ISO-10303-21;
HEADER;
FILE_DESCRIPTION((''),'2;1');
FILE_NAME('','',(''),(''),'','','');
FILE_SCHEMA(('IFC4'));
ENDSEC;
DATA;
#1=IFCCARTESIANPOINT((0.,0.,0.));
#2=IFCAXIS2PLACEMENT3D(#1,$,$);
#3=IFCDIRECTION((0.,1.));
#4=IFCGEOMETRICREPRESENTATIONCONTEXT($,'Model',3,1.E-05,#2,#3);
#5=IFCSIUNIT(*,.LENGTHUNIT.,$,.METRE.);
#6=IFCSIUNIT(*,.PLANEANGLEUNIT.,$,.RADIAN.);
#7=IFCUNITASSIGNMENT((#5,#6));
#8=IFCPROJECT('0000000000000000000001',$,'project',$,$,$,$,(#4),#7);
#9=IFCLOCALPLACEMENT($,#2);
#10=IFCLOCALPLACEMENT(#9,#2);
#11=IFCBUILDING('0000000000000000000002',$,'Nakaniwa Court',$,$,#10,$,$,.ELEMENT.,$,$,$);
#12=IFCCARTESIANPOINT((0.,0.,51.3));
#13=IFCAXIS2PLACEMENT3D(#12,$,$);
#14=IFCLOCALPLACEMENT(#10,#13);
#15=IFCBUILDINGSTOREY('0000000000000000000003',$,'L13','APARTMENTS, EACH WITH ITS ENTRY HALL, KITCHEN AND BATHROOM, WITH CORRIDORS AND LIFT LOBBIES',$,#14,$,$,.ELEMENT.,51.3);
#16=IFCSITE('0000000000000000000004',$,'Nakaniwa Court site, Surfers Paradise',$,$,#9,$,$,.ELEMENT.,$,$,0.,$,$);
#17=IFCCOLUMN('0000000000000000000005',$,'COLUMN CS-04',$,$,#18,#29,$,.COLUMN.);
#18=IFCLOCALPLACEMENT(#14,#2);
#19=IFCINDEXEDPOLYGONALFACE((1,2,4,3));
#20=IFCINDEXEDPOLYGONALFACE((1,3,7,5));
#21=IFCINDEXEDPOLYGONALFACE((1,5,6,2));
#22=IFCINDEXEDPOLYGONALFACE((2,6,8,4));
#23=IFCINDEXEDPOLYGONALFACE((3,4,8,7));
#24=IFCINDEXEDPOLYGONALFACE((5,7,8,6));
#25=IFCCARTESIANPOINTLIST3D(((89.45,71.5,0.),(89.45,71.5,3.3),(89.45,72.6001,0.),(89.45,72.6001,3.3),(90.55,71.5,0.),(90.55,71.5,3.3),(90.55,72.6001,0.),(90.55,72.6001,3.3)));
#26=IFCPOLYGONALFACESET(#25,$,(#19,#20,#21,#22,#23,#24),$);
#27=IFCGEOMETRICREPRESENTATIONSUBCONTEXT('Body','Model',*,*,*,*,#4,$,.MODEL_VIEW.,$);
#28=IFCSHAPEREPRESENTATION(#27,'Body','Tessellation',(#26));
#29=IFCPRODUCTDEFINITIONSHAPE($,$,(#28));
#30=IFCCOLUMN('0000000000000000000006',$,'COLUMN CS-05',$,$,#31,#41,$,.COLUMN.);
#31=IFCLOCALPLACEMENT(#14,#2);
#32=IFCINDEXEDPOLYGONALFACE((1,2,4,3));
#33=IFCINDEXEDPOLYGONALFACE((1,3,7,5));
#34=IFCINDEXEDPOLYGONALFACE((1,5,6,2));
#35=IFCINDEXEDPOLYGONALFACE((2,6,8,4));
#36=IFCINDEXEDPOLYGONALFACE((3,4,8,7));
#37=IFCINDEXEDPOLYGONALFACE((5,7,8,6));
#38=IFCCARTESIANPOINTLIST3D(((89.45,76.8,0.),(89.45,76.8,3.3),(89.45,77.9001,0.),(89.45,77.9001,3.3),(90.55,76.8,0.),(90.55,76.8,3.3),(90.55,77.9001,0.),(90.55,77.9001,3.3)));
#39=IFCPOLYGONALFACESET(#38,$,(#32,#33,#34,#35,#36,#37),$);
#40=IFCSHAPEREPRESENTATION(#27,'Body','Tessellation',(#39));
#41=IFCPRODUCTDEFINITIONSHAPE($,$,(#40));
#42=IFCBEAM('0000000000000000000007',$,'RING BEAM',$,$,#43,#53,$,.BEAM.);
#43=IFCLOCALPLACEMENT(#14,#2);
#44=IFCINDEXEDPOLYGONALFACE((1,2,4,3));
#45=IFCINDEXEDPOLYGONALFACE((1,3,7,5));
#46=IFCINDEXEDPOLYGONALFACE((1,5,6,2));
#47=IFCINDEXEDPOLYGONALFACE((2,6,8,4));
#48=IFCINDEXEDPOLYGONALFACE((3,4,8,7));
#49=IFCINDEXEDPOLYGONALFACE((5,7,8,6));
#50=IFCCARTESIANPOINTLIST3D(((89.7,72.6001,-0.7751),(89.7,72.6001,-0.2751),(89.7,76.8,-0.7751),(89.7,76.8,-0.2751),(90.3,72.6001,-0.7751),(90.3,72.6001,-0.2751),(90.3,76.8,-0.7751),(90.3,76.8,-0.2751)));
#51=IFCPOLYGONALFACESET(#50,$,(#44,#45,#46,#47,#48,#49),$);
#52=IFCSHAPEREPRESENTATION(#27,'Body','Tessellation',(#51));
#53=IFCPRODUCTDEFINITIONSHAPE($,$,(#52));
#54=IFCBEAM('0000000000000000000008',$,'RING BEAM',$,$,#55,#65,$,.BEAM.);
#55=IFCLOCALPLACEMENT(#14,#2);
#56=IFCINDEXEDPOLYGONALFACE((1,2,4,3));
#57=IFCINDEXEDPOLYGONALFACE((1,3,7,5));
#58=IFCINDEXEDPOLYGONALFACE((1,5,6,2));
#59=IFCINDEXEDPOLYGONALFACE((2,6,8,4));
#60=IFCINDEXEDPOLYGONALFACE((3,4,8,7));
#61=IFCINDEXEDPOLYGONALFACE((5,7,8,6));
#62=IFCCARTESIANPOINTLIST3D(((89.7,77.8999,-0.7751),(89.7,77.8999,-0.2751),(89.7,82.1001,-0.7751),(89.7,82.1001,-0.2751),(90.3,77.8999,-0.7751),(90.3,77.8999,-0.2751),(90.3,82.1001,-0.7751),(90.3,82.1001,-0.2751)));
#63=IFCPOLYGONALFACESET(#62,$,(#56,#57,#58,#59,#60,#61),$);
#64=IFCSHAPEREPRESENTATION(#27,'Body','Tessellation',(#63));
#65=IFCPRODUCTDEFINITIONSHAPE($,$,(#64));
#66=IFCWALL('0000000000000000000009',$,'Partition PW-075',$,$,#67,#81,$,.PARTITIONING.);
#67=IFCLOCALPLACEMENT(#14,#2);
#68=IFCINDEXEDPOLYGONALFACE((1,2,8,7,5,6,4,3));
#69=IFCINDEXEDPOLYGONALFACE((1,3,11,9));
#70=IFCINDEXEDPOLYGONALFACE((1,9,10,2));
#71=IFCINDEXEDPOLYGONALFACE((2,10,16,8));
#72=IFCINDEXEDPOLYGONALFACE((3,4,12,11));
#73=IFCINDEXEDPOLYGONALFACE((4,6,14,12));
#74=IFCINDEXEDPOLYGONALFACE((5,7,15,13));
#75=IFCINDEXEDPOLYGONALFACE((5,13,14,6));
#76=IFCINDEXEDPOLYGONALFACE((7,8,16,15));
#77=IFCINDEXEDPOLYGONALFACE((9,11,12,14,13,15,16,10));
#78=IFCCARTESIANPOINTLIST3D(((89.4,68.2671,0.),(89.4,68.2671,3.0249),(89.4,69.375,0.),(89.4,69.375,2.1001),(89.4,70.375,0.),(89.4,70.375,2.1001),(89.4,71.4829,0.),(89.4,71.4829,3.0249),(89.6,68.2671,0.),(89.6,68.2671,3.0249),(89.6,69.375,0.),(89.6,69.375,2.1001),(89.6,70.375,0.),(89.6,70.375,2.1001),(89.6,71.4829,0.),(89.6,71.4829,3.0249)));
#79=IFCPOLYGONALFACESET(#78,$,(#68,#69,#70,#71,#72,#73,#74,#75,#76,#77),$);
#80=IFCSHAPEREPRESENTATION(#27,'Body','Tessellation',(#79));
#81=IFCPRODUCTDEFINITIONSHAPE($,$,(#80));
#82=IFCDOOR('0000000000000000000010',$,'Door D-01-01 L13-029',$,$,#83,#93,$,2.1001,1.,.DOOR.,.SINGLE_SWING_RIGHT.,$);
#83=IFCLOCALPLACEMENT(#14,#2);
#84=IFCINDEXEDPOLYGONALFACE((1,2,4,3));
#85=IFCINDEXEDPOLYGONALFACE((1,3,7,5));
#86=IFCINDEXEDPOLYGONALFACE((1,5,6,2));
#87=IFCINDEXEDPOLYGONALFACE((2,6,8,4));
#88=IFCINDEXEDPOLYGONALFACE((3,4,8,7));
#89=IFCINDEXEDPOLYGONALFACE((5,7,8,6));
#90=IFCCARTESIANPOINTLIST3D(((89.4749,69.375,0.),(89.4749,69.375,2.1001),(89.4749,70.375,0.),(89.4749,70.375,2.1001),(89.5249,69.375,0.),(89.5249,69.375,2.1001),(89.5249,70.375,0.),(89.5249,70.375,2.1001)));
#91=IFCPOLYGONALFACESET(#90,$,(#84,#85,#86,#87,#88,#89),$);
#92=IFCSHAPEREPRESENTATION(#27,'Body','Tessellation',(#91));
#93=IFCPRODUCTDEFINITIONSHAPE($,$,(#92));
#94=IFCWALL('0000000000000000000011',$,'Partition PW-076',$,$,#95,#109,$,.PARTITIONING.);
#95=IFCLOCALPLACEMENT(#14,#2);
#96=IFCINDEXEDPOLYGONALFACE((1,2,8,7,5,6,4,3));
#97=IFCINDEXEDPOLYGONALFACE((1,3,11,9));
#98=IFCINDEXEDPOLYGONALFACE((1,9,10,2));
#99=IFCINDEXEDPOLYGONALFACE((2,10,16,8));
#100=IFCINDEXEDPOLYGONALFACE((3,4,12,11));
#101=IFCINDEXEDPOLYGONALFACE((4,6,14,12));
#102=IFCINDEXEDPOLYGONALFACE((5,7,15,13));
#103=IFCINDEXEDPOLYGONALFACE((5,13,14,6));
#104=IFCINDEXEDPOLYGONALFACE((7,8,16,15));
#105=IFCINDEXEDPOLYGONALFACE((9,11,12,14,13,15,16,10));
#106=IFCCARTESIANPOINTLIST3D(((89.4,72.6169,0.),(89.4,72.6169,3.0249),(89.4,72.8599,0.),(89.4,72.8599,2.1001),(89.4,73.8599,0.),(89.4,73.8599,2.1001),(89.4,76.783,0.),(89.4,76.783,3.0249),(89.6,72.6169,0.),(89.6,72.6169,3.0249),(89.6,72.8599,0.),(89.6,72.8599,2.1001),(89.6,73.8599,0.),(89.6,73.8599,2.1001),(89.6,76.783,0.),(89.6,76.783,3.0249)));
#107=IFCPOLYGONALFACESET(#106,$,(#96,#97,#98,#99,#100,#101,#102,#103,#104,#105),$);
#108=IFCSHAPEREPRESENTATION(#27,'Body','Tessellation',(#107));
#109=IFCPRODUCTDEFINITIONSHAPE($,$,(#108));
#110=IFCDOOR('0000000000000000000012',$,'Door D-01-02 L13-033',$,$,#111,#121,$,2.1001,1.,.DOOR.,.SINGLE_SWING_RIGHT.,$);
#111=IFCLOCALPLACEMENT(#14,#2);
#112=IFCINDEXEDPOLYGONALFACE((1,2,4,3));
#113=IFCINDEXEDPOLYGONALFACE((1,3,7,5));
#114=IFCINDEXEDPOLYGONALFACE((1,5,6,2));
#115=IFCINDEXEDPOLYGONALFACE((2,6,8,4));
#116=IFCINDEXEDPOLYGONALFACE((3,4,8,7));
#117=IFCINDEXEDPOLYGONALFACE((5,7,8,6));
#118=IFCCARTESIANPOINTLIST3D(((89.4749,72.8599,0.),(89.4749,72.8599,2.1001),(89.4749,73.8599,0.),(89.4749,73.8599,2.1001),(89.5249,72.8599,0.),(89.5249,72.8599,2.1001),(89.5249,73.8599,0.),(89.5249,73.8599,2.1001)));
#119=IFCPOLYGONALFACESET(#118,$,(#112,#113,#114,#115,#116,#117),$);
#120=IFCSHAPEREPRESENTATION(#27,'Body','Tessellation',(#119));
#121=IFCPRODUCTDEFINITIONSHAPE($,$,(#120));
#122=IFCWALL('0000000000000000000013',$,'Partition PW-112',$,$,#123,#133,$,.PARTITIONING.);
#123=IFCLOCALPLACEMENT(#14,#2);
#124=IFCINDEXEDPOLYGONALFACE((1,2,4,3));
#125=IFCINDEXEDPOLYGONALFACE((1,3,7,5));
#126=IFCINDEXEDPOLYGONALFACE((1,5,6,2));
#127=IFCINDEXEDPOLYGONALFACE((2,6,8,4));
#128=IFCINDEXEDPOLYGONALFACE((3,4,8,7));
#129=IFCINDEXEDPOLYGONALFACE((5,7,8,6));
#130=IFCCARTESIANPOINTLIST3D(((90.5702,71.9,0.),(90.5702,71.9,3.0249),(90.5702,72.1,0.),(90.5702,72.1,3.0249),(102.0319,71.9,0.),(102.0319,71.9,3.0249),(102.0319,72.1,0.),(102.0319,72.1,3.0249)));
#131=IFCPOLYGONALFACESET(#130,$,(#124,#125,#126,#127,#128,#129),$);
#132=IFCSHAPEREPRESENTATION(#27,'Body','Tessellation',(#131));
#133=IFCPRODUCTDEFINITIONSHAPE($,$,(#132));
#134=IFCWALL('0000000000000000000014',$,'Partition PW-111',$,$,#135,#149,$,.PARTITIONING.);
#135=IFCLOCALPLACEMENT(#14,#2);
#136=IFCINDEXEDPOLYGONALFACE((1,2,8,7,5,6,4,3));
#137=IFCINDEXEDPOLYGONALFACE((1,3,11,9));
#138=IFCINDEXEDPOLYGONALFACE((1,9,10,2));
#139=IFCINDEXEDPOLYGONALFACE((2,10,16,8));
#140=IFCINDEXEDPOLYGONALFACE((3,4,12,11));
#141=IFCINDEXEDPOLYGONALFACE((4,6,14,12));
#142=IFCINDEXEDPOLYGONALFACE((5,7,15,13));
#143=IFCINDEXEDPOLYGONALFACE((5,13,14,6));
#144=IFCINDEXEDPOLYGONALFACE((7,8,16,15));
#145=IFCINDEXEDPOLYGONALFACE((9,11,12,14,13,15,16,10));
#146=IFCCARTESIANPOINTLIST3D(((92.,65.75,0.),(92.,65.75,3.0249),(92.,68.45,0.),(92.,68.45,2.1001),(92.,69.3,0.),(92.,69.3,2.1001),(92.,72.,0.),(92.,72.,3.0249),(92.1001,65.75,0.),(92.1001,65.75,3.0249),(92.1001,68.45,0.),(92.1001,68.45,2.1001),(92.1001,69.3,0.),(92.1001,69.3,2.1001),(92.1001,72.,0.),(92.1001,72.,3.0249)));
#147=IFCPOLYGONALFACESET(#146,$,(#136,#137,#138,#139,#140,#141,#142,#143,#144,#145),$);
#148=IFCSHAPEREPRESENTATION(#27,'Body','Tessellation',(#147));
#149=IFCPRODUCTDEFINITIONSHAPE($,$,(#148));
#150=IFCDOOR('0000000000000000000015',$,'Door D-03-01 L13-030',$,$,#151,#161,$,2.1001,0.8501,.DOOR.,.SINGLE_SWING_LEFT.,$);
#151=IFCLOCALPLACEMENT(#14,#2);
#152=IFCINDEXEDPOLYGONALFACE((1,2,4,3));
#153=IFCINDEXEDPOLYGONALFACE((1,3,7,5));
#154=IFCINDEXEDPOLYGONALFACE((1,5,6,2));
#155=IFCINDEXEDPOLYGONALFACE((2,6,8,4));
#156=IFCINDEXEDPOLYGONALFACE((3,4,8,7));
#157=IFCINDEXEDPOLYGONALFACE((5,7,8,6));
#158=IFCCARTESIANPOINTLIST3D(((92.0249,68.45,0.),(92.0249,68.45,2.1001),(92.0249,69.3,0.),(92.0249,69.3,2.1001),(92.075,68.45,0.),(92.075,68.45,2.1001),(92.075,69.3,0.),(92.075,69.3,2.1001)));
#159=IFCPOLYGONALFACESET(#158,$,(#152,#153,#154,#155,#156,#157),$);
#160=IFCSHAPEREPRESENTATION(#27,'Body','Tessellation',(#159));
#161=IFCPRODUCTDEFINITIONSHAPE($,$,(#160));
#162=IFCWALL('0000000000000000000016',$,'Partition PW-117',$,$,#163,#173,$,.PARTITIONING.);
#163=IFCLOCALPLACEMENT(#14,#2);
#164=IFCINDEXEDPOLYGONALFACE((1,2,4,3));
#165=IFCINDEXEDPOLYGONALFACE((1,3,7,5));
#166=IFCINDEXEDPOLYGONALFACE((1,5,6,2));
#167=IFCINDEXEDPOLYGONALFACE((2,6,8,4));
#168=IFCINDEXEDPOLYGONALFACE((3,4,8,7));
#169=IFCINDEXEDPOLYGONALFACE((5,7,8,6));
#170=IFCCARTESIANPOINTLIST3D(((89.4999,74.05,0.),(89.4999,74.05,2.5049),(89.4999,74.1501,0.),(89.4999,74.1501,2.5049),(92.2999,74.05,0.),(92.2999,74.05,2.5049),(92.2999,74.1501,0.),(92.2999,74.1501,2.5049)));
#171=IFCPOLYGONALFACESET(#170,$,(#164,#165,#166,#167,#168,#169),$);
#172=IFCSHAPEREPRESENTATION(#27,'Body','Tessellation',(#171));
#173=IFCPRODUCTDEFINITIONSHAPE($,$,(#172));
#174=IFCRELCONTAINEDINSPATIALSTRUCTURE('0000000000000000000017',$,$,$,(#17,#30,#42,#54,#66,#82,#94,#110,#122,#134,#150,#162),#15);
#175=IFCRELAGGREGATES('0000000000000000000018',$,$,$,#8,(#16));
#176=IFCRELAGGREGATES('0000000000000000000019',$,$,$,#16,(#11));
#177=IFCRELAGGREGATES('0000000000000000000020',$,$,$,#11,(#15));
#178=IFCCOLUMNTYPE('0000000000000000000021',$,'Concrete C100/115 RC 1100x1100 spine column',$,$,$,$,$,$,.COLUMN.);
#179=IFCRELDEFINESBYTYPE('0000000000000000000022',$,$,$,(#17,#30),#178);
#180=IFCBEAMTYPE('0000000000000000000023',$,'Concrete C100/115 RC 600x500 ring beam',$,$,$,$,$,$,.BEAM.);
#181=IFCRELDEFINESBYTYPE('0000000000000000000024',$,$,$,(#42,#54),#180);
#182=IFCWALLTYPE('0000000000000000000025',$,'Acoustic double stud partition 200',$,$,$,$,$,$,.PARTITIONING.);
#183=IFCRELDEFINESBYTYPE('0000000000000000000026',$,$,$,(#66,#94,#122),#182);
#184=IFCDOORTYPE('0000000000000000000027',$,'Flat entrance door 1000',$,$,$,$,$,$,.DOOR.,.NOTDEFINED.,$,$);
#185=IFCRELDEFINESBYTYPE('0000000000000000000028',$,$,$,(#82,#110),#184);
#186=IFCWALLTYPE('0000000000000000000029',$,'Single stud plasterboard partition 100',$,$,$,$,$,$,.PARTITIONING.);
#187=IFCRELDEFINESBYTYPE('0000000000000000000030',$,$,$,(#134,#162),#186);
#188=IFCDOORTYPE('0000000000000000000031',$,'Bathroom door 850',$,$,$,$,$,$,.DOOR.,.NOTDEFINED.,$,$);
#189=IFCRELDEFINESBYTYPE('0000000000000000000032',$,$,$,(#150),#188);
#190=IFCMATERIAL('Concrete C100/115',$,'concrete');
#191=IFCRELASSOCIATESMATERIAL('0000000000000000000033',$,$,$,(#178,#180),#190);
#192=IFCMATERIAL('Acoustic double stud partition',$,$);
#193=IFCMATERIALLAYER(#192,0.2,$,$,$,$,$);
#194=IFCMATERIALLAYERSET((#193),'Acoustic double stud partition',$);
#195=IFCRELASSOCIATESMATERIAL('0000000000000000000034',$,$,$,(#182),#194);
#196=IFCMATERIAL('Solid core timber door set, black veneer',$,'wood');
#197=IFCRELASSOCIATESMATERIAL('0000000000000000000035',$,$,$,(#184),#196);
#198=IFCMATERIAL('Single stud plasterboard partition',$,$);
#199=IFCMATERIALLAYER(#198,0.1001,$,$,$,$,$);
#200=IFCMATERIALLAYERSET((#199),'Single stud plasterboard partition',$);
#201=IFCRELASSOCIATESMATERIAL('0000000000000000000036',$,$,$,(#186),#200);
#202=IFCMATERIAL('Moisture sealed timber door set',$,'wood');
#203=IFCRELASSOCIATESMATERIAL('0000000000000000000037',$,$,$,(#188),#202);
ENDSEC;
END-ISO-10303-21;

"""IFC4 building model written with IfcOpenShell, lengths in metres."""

from ifc_helpers import new_model, si_unit, direction, frame, frame_2d, origin, origin_2d, place, context, subcontext, project, spatial, rectangle, extrude, material, layer, layer_set, material_profile, profile_set, type_object, element, fill, save


model = new_model("IFC4")

# Units and contexts
model_context = context("Model", 3, precision=1e-05, world=origin(), true_north=direction((0.0, 1.0)))
body_context = subcontext(model_context, "Body", "Model", "MODEL_VIEW")
ifc_project = project(units=[si_unit("LENGTHUNIT", "METRE"), si_unit("PLANEANGLEUNIT", "RADIAN")], contexts=[model_context])

# Site, building, storey
site_placement = place(None, origin())
site = spatial("IfcSite", under=ifc_project, at=site_placement, Name="Nakaniwa Court site, Surfers Paradise", CompositionType="ELEMENT", RefElevation=0.0)
building_placement = place(site_placement, origin())
building = spatial("IfcBuilding", under=site, at=building_placement, Name="Nakaniwa Court", CompositionType="ELEMENT")
storey_placement = place(building_placement, frame((0.0, 0.0, 51.3)))
storey = spatial("IfcBuildingStorey", under=building, at=storey_placement, Name="L13", Description="APARTMENTS, EACH WITH ITS ENTRY HALL, KITCHEN AND BATHROOM, WITH CORRIDORS AND LIFT LOBBIES", CompositionType="ELEMENT", Elevation=51.3)

# Columns
ifc_material_1 = material(Name="Concrete C100/115", Category="concrete")
ifc_material_profile_1 = material_profile(ifc_material_1, rectangle(XDim=1.1001, YDim=1.1001, at=origin_2d()), Name="Concrete C100/115 RC 1100x1100 spine column")
ifc_profile_set_1 = profile_set([ifc_material_profile_1], Name="Concrete C100/115")
column_type = type_object("IfcColumnType", Name="Concrete C100/115 RC 1100x1100 spine column", PredefinedType="COLUMN", material=ifc_profile_set_1)
for number, where, z_axis, x_axis, name in (
    (1, (90.0, 72.05, 0.0), (0.0, 0.0, 1.0), (0.0, 1.0, 0.0), "COLUMN CS-04"),
    (2, (90.0, 77.3501, 0.0), (0.0, 0.0, 1.0), (0.0, 1.0, 0.0), "COLUMN CS-05"),
):
    element("IfcColumn", number, at=place(storey_placement, frame(where, z_axis=z_axis, x_axis=x_axis)), inside=storey, type_object=column_type, Name=name, PredefinedType="COLUMN", context=body_context, shape_type="SweptSolid", body=[
        extrude(rectangle(XDim=1.1001, YDim=1.1001, at=origin_2d()), origin(), (0.0, 0.0, 1.0), 3.3),
    ])

# Beams
ifc_material_profile_2 = material_profile(ifc_material_1, rectangle(XDim=0.6001, YDim=0.5, at=origin_2d()), Name="Concrete C100/115 RC 600x500 ring beam")
ifc_profile_set_2 = profile_set([ifc_material_profile_2], Name="Concrete C100/115")
beam_type = type_object("IfcBeamType", Name="Concrete C100/115 RC 600x500 ring beam", PredefinedType="BEAM", material=ifc_profile_set_2)
beam_1_placement = place(storey_placement, frame((90.0, 72.6001, -0.5251), z_axis=(0.0, 1.0, 0.0), x_axis=(-1.0, 0.0, 0.0)))
element("IfcBeam", 3, at=beam_1_placement, inside=storey, type_object=beam_type, Name="RING BEAM", PredefinedType="BEAM", context=body_context, shape_type="SweptSolid", body=[
    extrude(rectangle(XDim=0.6001, YDim=0.5, at=origin_2d()), origin(), (0.0, 0.0, 1.0), 4.2),
])
beam_2_placement = place(storey_placement, frame((90.0, 77.8999, -0.5251), z_axis=(0.0, 1.0, 0.0), x_axis=(-1.0, 0.0, 0.0)))
element("IfcBeam", 4, at=beam_2_placement, inside=storey, type_object=beam_type, Name="RING BEAM", PredefinedType="BEAM", context=body_context, shape_type="SweptSolid", body=[
    extrude(rectangle(XDim=0.6001, YDim=0.5, at=origin_2d()), origin(), (0.0, 0.0, 1.0), 4.2002),
])

# Walls, openings, doors
ifc_material_2 = material(Name="Acoustic double stud partition")
ifc_layer_1 = layer(ifc_material_2, 0.2)
ifc_layer_set_1 = layer_set([ifc_layer_1], Name="Acoustic double stud partition")
wall_type_1 = type_object("IfcWallType", Name="Acoustic double stud partition 200", PredefinedType="PARTITIONING", material=ifc_layer_set_1)
wall_1_placement = place(storey_placement, frame((89.5, 71.4829, 0.0), z_axis=(0.0, 0.0, 1.0), x_axis=(0.0, -1.0, 0.0)))
wall_1 = element("IfcWall", 5, at=wall_1_placement, inside=storey, type_object=wall_type_1, Name="Partition PW-075", PredefinedType="PARTITIONING", context=body_context, shape_type="SweptSolid", body=[
    extrude(rectangle(XDim=3.2158, YDim=0.2, at=frame_2d((1.6079, 0.0))), origin(), (0.0, 0.0, 1.0), 3.0249),
])
opening_1_placement = place(wall_1_placement, frame((1.1079, 0.0, 0.0)))
opening_1 = element("IfcOpeningElement", 6, at=opening_1_placement, cuts=wall_1, PredefinedType="OPENING", context=body_context, shape_type="SweptSolid", body=[
    extrude(rectangle(XDim=1.0, YDim=2.1001, at=frame_2d((0.5, 1.05))), frame((0.0, 0.1099, 0.0), z_axis=(0.0, -1.0, 0.0), x_axis=(1.0, 0.0, 0.0)), (0.0, 0.0, 1.0), 0.22),
])
ifc_material_3 = material(Name="Solid core timber door set, black veneer", Category="wood")
door_type_1 = type_object("IfcDoorType", Name="Flat entrance door 1000", OperationType="NOTDEFINED", PredefinedType="DOOR", material=ifc_material_3)
door_1_placement = place(opening_1_placement, origin())
door_1 = element("IfcDoor", 7, at=door_1_placement, inside=storey, type_object=door_type_1, Name="Door D-01-01 L13-029", OperationType="SINGLE_SWING_RIGHT", OverallHeight=2.1001, OverallWidth=1.0, PredefinedType="DOOR", context=body_context, shape_type="SweptSolid", body=[
    extrude(rectangle(XDim=1.0, YDim=2.1001, at=frame_2d((0.5, 1.05))), frame((0.0, 0.0249, 0.0), z_axis=(0.0, -1.0, 0.0), x_axis=(1.0, 0.0, 0.0)), (0.0, 0.0, 1.0), 0.05),
])
fill(opening_1, door_1)
wall_2_placement = place(storey_placement, frame((89.5, 76.783, 0.0), z_axis=(0.0, 0.0, 1.0), x_axis=(0.0, -1.0, 0.0)))
wall_2 = element("IfcWall", 8, at=wall_2_placement, inside=storey, type_object=wall_type_1, Name="Partition PW-076", PredefinedType="PARTITIONING", context=body_context, shape_type="SweptSolid", body=[
    extrude(rectangle(XDim=4.166, YDim=0.2, at=frame_2d((2.083, 0.0))), origin(), (0.0, 0.0, 1.0), 3.0249),
])
opening_2_placement = place(wall_2_placement, frame((2.9231, 0.0, 0.0)))
opening_2 = element("IfcOpeningElement", 9, at=opening_2_placement, cuts=wall_2, PredefinedType="OPENING", context=body_context, shape_type="SweptSolid", body=[
    extrude(rectangle(XDim=1.0, YDim=2.1001, at=frame_2d((0.5, 1.05))), frame((0.0, 0.1099, 0.0), z_axis=(0.0, -1.0, 0.0), x_axis=(1.0, 0.0, 0.0)), (0.0, 0.0, 1.0), 0.22),
])
door_2_placement = place(opening_2_placement, origin())
door_2 = element("IfcDoor", 10, at=door_2_placement, inside=storey, type_object=door_type_1, Name="Door D-01-02 L13-033", OperationType="SINGLE_SWING_RIGHT", OverallHeight=2.1001, OverallWidth=1.0, PredefinedType="DOOR", context=body_context, shape_type="SweptSolid", body=[
    extrude(rectangle(XDim=1.0, YDim=2.1001, at=frame_2d((0.5, 1.05))), frame((0.0, 0.0249, 0.0), z_axis=(0.0, -1.0, 0.0), x_axis=(1.0, 0.0, 0.0)), (0.0, 0.0, 1.0), 0.05),
])
fill(opening_2, door_2)

# Wall
wall_3_placement = place(storey_placement, frame((90.5701, 72.0, 0.0), z_axis=(0.0, 0.0, 1.0), x_axis=(1.0, 0.0, 0.0)))
element("IfcWall", 11, at=wall_3_placement, inside=storey, type_object=wall_type_1, Name="Partition PW-112", PredefinedType="PARTITIONING", context=body_context, shape_type="SweptSolid", body=[
    extrude(rectangle(XDim=11.4617, YDim=0.2, at=frame_2d((5.731, 0.0))), origin(), (0.0, 0.0, 1.0), 3.0249),
])

# Wall, opening, door
ifc_material_4 = material(Name="Single stud plasterboard partition")
ifc_layer_2 = layer(ifc_material_4, 0.1001)
ifc_layer_set_2 = layer_set([ifc_layer_2], Name="Single stud plasterboard partition")
wall_type_2 = type_object("IfcWallType", Name="Single stud plasterboard partition 100", PredefinedType="PARTITIONING", material=ifc_layer_set_2)
wall_4_placement = place(storey_placement, frame((92.05, 72.0, 0.0), z_axis=(0.0, 0.0, 1.0), x_axis=(0.0, -1.0, 0.0)))
wall_4 = element("IfcWall", 12, at=wall_4_placement, inside=storey, type_object=wall_type_2, Name="Partition PW-111", PredefinedType="PARTITIONING", context=body_context, shape_type="SweptSolid", body=[
    extrude(rectangle(XDim=6.25, YDim=0.1001, at=frame_2d((3.125, 0.0))), origin(), (0.0, 0.0, 1.0), 3.0249),
])
opening_3_placement = place(wall_4_placement, frame((2.7, 0.0, 0.0)))
opening_3 = element("IfcOpeningElement", 13, at=opening_3_placement, cuts=wall_4, PredefinedType="OPENING", context=body_context, shape_type="SweptSolid", body=[
    extrude(rectangle(XDim=0.8501, YDim=2.1001, at=frame_2d((0.425, 1.05))), frame((0.0, 0.0601, 0.0), z_axis=(0.0, -1.0, 0.0), x_axis=(1.0, 0.0, 0.0)), (0.0, 0.0, 1.0), 0.1201),
])
ifc_material_5 = material(Name="Moisture sealed timber door set", Category="wood")
door_type_2 = type_object("IfcDoorType", Name="Bathroom door 850", OperationType="NOTDEFINED", PredefinedType="DOOR", material=ifc_material_5)
door_3_placement = place(opening_3_placement, origin())
door_3 = element("IfcDoor", 14, at=door_3_placement, inside=storey, type_object=door_type_2, Name="Door D-03-01 L13-030", OperationType="SINGLE_SWING_LEFT", OverallHeight=2.1001, OverallWidth=0.8501, PredefinedType="DOOR", context=body_context, shape_type="SweptSolid", body=[
    extrude(rectangle(XDim=0.8501, YDim=2.1001, at=frame_2d((0.425, 1.05))), frame((0.0, 0.0249, 0.0), z_axis=(0.0, -1.0, 0.0), x_axis=(1.0, 0.0, 0.0)), (0.0, 0.0, 1.0), 0.05),
])
fill(opening_3, door_3)

# Wall
wall_5_placement = place(storey_placement, frame((89.5, 74.1001, 0.0), z_axis=(0.0, 0.0, 1.0), x_axis=(1.0, 0.0, 0.0)))
element("IfcWall", 15, at=wall_5_placement, inside=storey, type_object=wall_type_2, Name="Partition PW-117", PredefinedType="PARTITIONING", context=body_context, shape_type="SweptSolid", body=[
    extrude(rectangle(XDim=2.8, YDim=0.1001, at=frame_2d((1.3999, 0.0))), origin(), (0.0, 0.0, 1.0), 2.5049),
])

save(model, "model.ifc")
